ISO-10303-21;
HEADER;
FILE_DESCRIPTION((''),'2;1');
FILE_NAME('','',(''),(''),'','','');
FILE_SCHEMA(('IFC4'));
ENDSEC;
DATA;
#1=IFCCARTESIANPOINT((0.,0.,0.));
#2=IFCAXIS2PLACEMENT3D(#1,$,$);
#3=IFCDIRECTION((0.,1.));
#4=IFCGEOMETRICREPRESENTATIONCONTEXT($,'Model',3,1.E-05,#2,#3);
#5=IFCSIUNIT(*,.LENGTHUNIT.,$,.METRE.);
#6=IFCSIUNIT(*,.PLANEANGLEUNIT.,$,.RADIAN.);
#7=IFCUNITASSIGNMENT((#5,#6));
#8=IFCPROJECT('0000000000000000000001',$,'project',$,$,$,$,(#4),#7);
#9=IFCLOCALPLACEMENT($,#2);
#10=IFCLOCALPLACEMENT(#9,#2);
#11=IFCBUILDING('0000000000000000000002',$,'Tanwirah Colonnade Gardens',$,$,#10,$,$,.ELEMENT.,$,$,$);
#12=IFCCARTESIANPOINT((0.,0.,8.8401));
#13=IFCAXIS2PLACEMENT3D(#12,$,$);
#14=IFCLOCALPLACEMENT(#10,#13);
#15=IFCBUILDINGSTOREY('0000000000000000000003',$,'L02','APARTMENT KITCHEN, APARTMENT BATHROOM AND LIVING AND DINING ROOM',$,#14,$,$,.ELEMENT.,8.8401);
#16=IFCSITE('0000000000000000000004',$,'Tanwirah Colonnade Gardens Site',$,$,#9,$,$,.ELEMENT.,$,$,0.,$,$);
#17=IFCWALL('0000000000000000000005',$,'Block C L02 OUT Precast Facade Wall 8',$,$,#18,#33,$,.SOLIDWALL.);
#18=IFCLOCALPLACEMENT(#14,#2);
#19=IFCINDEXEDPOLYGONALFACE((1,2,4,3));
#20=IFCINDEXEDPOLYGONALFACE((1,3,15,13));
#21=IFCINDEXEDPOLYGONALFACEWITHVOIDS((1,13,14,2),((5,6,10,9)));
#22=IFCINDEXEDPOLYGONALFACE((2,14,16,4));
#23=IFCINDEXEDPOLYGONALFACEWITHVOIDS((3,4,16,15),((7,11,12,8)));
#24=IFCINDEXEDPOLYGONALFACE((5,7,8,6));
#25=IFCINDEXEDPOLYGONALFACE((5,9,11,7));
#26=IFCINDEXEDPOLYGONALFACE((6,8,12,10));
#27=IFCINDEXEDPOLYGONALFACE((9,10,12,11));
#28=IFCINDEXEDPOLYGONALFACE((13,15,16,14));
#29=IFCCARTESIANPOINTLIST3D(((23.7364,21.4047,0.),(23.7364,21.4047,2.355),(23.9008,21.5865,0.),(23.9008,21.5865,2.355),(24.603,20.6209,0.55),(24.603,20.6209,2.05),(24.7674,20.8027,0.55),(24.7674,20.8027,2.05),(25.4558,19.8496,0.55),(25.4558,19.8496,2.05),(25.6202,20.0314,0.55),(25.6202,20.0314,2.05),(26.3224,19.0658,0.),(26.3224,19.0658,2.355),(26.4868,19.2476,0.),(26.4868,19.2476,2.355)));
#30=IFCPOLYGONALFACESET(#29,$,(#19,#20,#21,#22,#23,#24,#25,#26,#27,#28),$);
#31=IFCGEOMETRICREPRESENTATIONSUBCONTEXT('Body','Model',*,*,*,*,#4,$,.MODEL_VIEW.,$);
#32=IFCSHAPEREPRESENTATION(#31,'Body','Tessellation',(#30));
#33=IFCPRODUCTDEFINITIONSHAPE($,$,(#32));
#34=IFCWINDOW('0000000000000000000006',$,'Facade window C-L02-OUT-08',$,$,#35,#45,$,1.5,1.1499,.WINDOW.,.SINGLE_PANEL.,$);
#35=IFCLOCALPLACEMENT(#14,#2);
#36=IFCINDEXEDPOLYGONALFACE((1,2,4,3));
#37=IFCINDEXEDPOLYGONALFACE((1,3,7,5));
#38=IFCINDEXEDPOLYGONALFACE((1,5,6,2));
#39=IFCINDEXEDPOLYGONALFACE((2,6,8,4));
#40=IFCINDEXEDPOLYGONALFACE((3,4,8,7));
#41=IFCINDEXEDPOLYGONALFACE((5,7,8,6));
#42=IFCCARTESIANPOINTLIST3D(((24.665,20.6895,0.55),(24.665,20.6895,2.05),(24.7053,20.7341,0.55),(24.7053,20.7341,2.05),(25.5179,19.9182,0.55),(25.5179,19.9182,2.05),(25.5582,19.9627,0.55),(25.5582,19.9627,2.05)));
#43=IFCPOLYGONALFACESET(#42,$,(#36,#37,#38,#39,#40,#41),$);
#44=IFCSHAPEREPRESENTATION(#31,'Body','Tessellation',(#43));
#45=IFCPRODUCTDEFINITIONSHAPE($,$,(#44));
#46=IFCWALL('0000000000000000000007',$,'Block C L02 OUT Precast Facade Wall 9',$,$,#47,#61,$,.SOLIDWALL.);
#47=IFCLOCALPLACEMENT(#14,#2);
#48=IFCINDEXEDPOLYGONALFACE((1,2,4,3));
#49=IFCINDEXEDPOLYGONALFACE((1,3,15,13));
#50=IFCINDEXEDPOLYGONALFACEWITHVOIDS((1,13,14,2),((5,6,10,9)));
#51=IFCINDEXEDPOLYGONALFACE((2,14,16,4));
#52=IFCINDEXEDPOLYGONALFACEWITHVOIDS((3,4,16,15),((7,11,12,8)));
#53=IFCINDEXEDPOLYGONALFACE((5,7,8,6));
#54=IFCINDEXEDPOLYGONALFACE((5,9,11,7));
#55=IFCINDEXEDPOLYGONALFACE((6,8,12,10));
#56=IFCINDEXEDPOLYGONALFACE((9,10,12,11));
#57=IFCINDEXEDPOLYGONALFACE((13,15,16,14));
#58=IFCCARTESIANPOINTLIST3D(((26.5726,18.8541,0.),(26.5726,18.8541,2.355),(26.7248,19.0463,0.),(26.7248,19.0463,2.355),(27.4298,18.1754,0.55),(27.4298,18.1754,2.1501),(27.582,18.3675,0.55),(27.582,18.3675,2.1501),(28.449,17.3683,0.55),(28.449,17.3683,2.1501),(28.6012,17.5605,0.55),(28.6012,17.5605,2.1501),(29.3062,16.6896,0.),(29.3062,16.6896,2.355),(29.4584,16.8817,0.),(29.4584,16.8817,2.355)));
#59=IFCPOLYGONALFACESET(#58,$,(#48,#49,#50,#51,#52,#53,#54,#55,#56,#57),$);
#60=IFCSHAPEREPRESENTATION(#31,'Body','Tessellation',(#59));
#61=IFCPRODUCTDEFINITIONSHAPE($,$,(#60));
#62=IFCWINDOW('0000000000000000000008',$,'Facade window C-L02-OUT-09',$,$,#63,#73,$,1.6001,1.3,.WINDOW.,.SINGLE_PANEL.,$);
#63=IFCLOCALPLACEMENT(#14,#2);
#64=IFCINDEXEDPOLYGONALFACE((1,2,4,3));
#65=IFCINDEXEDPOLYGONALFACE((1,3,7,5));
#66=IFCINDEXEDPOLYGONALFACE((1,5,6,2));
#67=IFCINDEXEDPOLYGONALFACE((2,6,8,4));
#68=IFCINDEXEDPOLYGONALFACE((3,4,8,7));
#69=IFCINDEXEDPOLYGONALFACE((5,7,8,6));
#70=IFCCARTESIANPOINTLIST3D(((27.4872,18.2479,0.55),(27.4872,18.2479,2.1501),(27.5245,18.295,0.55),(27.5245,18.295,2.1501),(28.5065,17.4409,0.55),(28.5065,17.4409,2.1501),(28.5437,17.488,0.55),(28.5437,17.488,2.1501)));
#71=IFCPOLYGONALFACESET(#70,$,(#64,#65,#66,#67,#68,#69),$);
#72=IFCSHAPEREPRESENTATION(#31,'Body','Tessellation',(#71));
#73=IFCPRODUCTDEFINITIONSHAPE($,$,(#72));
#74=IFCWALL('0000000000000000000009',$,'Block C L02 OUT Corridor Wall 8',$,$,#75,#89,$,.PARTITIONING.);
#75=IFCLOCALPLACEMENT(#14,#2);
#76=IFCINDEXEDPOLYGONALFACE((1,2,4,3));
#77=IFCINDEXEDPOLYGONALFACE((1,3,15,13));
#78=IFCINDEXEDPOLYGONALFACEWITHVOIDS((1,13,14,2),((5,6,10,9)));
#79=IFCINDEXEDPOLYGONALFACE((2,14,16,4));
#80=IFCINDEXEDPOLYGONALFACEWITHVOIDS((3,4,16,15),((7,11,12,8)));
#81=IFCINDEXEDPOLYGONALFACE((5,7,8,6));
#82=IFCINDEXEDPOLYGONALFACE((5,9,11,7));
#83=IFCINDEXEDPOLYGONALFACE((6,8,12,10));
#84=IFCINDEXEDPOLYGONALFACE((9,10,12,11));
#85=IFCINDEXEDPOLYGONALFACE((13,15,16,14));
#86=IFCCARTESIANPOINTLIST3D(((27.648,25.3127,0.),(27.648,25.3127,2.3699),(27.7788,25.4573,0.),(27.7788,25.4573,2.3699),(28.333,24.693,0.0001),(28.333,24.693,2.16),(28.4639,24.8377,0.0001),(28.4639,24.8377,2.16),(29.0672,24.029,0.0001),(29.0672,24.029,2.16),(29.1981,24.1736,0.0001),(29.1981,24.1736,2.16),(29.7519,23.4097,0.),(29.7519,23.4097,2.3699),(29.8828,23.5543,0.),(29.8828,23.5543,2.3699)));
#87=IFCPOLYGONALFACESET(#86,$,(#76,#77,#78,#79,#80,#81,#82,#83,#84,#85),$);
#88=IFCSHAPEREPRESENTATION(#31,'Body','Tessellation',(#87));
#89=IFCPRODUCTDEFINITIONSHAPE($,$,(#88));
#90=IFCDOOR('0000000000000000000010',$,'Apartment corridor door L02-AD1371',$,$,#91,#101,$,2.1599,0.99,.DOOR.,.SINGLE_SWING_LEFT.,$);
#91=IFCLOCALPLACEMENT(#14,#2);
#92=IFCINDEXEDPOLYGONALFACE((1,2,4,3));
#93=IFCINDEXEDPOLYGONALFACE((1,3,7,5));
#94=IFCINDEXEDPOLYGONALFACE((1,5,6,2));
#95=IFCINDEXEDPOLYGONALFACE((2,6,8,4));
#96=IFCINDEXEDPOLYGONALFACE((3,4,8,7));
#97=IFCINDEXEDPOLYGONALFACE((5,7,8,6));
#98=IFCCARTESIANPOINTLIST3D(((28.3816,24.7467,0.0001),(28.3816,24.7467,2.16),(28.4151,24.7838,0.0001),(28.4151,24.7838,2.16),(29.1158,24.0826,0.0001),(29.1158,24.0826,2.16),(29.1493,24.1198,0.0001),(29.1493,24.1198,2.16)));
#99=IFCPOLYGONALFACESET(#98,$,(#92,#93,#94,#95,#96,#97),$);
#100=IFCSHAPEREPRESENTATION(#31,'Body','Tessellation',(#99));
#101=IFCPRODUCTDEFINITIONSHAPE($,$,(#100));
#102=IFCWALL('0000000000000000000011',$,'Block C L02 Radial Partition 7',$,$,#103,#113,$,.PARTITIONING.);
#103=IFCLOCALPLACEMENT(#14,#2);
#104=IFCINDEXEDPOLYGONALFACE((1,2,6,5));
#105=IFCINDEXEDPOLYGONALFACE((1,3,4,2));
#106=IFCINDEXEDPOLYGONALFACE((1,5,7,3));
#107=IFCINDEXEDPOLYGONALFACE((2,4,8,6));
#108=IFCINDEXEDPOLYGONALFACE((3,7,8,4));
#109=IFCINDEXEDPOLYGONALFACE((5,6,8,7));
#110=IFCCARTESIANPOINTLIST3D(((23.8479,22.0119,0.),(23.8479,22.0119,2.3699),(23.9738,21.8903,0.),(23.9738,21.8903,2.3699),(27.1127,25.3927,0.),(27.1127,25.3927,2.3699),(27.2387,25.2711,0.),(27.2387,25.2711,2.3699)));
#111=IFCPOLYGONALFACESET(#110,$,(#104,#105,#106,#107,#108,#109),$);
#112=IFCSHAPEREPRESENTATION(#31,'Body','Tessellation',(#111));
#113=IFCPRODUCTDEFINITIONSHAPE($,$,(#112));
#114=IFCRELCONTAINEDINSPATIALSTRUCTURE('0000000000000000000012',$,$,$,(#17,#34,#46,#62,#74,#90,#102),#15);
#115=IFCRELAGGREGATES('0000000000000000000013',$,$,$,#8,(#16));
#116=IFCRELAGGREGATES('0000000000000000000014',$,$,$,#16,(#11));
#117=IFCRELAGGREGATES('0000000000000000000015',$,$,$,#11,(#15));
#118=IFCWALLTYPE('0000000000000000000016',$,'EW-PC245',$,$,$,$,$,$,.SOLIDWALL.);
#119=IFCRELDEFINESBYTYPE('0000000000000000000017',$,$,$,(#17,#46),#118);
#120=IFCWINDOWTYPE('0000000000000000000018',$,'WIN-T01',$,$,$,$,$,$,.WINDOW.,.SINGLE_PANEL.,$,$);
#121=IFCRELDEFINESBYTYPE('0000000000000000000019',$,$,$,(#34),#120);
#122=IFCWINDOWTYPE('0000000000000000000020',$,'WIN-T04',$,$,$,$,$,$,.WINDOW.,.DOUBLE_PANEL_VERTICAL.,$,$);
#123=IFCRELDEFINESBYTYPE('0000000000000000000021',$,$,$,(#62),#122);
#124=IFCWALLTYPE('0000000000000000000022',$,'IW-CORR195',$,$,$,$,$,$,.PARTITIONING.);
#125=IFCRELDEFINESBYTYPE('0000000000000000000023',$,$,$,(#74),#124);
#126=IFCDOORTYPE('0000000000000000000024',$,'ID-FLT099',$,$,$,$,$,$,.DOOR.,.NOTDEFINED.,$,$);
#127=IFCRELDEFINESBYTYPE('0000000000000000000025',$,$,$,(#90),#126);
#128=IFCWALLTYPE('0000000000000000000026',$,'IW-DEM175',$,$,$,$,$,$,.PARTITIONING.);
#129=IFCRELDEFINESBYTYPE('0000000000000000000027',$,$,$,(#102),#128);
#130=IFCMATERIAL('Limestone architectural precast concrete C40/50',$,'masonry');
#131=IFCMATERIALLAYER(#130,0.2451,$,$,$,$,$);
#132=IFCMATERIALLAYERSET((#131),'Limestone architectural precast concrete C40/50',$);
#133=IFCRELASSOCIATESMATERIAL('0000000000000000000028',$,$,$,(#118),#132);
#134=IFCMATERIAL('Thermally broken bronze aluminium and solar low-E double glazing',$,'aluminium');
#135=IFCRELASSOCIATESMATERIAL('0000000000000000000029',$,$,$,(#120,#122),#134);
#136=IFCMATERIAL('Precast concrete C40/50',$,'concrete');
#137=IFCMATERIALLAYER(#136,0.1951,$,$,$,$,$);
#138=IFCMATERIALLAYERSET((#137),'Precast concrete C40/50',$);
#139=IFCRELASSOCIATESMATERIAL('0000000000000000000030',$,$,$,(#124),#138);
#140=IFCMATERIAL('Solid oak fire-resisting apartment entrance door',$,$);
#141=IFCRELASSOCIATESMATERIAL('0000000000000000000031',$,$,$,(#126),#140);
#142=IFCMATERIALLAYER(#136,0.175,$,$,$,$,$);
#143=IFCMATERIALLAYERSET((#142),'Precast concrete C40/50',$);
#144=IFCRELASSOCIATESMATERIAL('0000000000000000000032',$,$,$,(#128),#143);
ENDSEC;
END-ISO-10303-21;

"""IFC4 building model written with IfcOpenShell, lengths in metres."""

from ifc_helpers import new_model, si_unit, direction, frame, frame_2d, origin, place, context, subcontext, project, spatial, rectangle, extrude, material, layer, layer_set, type_object, element, fill, save


model = new_model("IFC4")

# Units and contexts
model_context = context("Model", 3, precision=1e-05, world=origin(), true_north=direction((0.0, 1.0)))
body_context = subcontext(model_context, "Body", "Model", "MODEL_VIEW")
ifc_project = project(units=[si_unit("LENGTHUNIT", "METRE"), si_unit("PLANEANGLEUNIT", "RADIAN")], contexts=[model_context])

# Site, building, storey
site_placement = place(None, origin())
site = spatial("IfcSite", under=ifc_project, at=site_placement, Name="Tanwirah Colonnade Gardens Site", CompositionType="ELEMENT", RefElevation=0.0)
building_placement = place(site_placement, origin())
building = spatial("IfcBuilding", under=site, at=building_placement, Name="Tanwirah Colonnade Gardens", CompositionType="ELEMENT")
storey_placement = place(building_placement, frame((0.0, 0.0, 8.8401)))
storey = spatial("IfcBuildingStorey", under=building, at=storey_placement, Name="L02", Description="APARTMENT KITCHEN, APARTMENT BATHROOM AND LIVING AND DINING ROOM", CompositionType="ELEMENT", Elevation=8.8401)

# Shared definitions
ifc_material_1 = material(Name="Precast concrete C40/50", Category="concrete")

# Walls, openings, windows
ifc_material_2 = material(Name="Limestone architectural precast concrete C40/50", Category="masonry")
ifc_layer_1 = layer(ifc_material_2, 0.2451)
ifc_layer_set_1 = layer_set([ifc_layer_1], Name="Limestone architectural precast concrete C40/50")
wall_type_1 = type_object("IfcWallType", Name="EW-PC245", PredefinedType="SOLIDWALL", material=ifc_layer_set_1)
ifc_material_3 = material(Name="Thermally broken bronze aluminium and solar low-E double glazing", Category="aluminium")
wall_1_placement = place(storey_placement, frame((23.8186, 21.4956, 0.0), z_axis=(0.0, 0.0, 1.0), x_axis=(0.741649, -0.670789, 0.0)))
wall_1 = element("IfcWall", 1, at=wall_1_placement, inside=storey, type_object=wall_type_1, Name="Block C L02 OUT Precast Facade Wall 8", PredefinedType="SOLIDWALL", context=body_context, shape_type="SweptSolid", body=[
    extrude(rectangle(XDim=3.4868, YDim=0.2451, at=frame_2d((1.7434, 0.0))), origin(), (0.0, 0.0, 1.0), 2.355),
])
opening_1_placement = place(wall_1_placement, frame((1.1685, 0.0, 0.55)))
opening_1 = element("IfcOpeningElement", 2, at=opening_1_placement, cuts=wall_1, PredefinedType="OPENING", context=body_context, shape_type="SweptSolid", body=[
    extrude(rectangle(XDim=1.1499, YDim=1.5, at=frame_2d((0.575, 0.75))), frame((0.0, 0.1326, 0.0), z_axis=(0.0, -1.0, 0.0), x_axis=(1.0, 0.0, 0.0)), (0.0, 0.0, 1.0), 0.2651),
])
window_type_1 = type_object("IfcWindowType", Name="WIN-T01", PartitioningType="SINGLE_PANEL", PredefinedType="WINDOW", material=ifc_material_3)
window_1_placement = place(opening_1_placement, origin())
window_1 = element("IfcWindow", 3, at=window_1_placement, inside=storey, type_object=window_type_1, Name="Facade window C-L02-OUT-08", OverallHeight=1.5, OverallWidth=1.1499, PartitioningType="SINGLE_PANEL", PredefinedType="WINDOW", context=body_context, shape_type="SweptSolid", body=[
    extrude(rectangle(XDim=1.1499, YDim=1.5, at=frame_2d((0.575, 0.75))), frame((0.0, 0.03, 0.0), z_axis=(0.0, -1.0, 0.0), x_axis=(1.0, 0.0, 0.0)), (0.0, 0.0, 1.0), 0.0601),
])
fill(opening_1, window_1)
wall_2_placement = place(storey_placement, frame((26.6487, 18.9502, 0.0), z_axis=(0.0, 0.0, 1.0), x_axis=(0.783988, -0.620776, 0.0)))
wall_2 = element("IfcWall", 4, at=wall_2_placement, inside=storey, type_object=wall_type_1, Name="Block C L02 OUT Precast Facade Wall 9", PredefinedType="SOLIDWALL", context=body_context, shape_type="SweptSolid", body=[
    extrude(rectangle(XDim=3.4868, YDim=0.2451, at=frame_2d((1.7434, 0.0))), origin(), (0.0, 0.0, 1.0), 2.355),
])
opening_2_placement = place(wall_2_placement, frame((1.0935, 0.0, 0.55)))
opening_2 = element("IfcOpeningElement", 5, at=opening_2_placement, cuts=wall_2, PredefinedType="OPENING", context=body_context, shape_type="SweptSolid", body=[
    extrude(rectangle(XDim=1.3, YDim=1.6001, at=frame_2d((0.6499, 0.8))), frame((0.0, 0.1326, 0.0), z_axis=(0.0, -1.0, 0.0), x_axis=(1.0, 0.0, 0.0)), (0.0, 0.0, 1.0), 0.2651),
])
window_type_2 = type_object("IfcWindowType", Name="WIN-T04", PartitioningType="DOUBLE_PANEL_VERTICAL", PredefinedType="WINDOW", material=ifc_material_3)
window_2_placement = place(opening_2_placement, origin())
window_2 = element("IfcWindow", 6, at=window_2_placement, inside=storey, type_object=window_type_2, Name="Facade window C-L02-OUT-09", OverallHeight=1.6001, OverallWidth=1.3, PartitioningType="SINGLE_PANEL", PredefinedType="WINDOW", context=body_context, shape_type="SweptSolid", body=[
    extrude(rectangle(XDim=1.3, YDim=1.6001, at=frame_2d((0.6499, 0.8))), frame((0.0, 0.03, 0.0), z_axis=(0.0, -1.0, 0.0), x_axis=(1.0, 0.0, 0.0)), (0.0, 0.0, 1.0), 0.0601),
])
fill(opening_2, window_2)

# Wall, opening, door
ifc_layer_2 = layer(ifc_material_1, 0.1951)
ifc_layer_set_2 = layer_set([ifc_layer_2], Name="Precast concrete C40/50")
wall_type_2 = type_object("IfcWallType", Name="IW-CORR195", PredefinedType="PARTITIONING", material=ifc_layer_set_2)
wall_3_placement = place(storey_placement, frame((27.7134, 25.385, 0.0), z_axis=(0.0, 0.0, 1.0), x_axis=(0.741632, -0.670807, 0.0)))
wall_3 = element("IfcWall", 7, at=wall_3_placement, inside=storey, type_object=wall_type_2, Name="Block C L02 OUT Corridor Wall 8", PredefinedType="PARTITIONING", context=body_context, shape_type="SweptSolid", body=[
    extrude(rectangle(XDim=2.8369, YDim=0.1951, at=frame_2d((1.4185, 0.0))), origin(), (0.0, 0.0, 1.0), 2.3699),
])
opening_3_placement = place(wall_3_placement, frame((0.9236, 0.0, 0.0)))
opening_3 = element("IfcOpeningElement", 8, at=opening_3_placement, cuts=wall_3, PredefinedType="OPENING", context=body_context, shape_type="SweptSolid", body=[
    extrude(rectangle(XDim=0.99, YDim=2.1599, at=frame_2d((0.4951, 1.0801))), frame((0.0, 0.1074, 0.0), z_axis=(0.0, -1.0, 0.0), x_axis=(1.0, 0.0, 0.0)), (0.0, 0.0, 1.0), 0.2151),
])
ifc_material_4 = material(Name="Solid oak fire-resisting apartment entrance door")
door_type = type_object("IfcDoorType", Name="ID-FLT099", OperationType="NOTDEFINED", PredefinedType="DOOR", material=ifc_material_4)
door_placement = place(opening_3_placement, origin())
door = element("IfcDoor", 9, at=door_placement, inside=storey, type_object=door_type, Name="Apartment corridor door L02-AD1371", OperationType="SINGLE_SWING_LEFT", OverallHeight=2.1599, OverallWidth=0.99, PredefinedType="DOOR", context=body_context, shape_type="SweptSolid", body=[
    extrude(rectangle(XDim=0.99, YDim=2.1599, at=frame_2d((0.4951, 1.0801))), frame((0.0, 0.0249, 0.0), z_axis=(0.0, -1.0, 0.0), x_axis=(1.0, 0.0, 0.0)), (0.0, 0.0, 1.0), 0.05),
])
fill(opening_3, door)

# Wall
ifc_layer_3 = layer(ifc_material_1, 0.175)
ifc_layer_set_3 = layer_set([ifc_layer_3], Name="Precast concrete C40/50")
wall_type_3 = type_object("IfcWallType", Name="IW-DEM175", PredefinedType="PARTITIONING", material=ifc_layer_set_3)
wall_4_placement = place(storey_placement, frame((27.1758, 25.332, 0.0), z_axis=(0.0, 0.0, 1.0), x_axis=(-0.694662, -0.719336, 0.0)))
element("IfcWall", 10, at=wall_4_placement, inside=storey, type_object=wall_type_3, Name="Block C L02 Radial Partition 7", PredefinedType="PARTITIONING", context=body_context, shape_type="SweptSolid", body=[
    extrude(rectangle(XDim=4.7, YDim=0.175, at=frame_2d((2.3501, 0.0))), origin(), (0.0, 0.0, 1.0), 2.3699),
])

save(model, "model.ifc")
